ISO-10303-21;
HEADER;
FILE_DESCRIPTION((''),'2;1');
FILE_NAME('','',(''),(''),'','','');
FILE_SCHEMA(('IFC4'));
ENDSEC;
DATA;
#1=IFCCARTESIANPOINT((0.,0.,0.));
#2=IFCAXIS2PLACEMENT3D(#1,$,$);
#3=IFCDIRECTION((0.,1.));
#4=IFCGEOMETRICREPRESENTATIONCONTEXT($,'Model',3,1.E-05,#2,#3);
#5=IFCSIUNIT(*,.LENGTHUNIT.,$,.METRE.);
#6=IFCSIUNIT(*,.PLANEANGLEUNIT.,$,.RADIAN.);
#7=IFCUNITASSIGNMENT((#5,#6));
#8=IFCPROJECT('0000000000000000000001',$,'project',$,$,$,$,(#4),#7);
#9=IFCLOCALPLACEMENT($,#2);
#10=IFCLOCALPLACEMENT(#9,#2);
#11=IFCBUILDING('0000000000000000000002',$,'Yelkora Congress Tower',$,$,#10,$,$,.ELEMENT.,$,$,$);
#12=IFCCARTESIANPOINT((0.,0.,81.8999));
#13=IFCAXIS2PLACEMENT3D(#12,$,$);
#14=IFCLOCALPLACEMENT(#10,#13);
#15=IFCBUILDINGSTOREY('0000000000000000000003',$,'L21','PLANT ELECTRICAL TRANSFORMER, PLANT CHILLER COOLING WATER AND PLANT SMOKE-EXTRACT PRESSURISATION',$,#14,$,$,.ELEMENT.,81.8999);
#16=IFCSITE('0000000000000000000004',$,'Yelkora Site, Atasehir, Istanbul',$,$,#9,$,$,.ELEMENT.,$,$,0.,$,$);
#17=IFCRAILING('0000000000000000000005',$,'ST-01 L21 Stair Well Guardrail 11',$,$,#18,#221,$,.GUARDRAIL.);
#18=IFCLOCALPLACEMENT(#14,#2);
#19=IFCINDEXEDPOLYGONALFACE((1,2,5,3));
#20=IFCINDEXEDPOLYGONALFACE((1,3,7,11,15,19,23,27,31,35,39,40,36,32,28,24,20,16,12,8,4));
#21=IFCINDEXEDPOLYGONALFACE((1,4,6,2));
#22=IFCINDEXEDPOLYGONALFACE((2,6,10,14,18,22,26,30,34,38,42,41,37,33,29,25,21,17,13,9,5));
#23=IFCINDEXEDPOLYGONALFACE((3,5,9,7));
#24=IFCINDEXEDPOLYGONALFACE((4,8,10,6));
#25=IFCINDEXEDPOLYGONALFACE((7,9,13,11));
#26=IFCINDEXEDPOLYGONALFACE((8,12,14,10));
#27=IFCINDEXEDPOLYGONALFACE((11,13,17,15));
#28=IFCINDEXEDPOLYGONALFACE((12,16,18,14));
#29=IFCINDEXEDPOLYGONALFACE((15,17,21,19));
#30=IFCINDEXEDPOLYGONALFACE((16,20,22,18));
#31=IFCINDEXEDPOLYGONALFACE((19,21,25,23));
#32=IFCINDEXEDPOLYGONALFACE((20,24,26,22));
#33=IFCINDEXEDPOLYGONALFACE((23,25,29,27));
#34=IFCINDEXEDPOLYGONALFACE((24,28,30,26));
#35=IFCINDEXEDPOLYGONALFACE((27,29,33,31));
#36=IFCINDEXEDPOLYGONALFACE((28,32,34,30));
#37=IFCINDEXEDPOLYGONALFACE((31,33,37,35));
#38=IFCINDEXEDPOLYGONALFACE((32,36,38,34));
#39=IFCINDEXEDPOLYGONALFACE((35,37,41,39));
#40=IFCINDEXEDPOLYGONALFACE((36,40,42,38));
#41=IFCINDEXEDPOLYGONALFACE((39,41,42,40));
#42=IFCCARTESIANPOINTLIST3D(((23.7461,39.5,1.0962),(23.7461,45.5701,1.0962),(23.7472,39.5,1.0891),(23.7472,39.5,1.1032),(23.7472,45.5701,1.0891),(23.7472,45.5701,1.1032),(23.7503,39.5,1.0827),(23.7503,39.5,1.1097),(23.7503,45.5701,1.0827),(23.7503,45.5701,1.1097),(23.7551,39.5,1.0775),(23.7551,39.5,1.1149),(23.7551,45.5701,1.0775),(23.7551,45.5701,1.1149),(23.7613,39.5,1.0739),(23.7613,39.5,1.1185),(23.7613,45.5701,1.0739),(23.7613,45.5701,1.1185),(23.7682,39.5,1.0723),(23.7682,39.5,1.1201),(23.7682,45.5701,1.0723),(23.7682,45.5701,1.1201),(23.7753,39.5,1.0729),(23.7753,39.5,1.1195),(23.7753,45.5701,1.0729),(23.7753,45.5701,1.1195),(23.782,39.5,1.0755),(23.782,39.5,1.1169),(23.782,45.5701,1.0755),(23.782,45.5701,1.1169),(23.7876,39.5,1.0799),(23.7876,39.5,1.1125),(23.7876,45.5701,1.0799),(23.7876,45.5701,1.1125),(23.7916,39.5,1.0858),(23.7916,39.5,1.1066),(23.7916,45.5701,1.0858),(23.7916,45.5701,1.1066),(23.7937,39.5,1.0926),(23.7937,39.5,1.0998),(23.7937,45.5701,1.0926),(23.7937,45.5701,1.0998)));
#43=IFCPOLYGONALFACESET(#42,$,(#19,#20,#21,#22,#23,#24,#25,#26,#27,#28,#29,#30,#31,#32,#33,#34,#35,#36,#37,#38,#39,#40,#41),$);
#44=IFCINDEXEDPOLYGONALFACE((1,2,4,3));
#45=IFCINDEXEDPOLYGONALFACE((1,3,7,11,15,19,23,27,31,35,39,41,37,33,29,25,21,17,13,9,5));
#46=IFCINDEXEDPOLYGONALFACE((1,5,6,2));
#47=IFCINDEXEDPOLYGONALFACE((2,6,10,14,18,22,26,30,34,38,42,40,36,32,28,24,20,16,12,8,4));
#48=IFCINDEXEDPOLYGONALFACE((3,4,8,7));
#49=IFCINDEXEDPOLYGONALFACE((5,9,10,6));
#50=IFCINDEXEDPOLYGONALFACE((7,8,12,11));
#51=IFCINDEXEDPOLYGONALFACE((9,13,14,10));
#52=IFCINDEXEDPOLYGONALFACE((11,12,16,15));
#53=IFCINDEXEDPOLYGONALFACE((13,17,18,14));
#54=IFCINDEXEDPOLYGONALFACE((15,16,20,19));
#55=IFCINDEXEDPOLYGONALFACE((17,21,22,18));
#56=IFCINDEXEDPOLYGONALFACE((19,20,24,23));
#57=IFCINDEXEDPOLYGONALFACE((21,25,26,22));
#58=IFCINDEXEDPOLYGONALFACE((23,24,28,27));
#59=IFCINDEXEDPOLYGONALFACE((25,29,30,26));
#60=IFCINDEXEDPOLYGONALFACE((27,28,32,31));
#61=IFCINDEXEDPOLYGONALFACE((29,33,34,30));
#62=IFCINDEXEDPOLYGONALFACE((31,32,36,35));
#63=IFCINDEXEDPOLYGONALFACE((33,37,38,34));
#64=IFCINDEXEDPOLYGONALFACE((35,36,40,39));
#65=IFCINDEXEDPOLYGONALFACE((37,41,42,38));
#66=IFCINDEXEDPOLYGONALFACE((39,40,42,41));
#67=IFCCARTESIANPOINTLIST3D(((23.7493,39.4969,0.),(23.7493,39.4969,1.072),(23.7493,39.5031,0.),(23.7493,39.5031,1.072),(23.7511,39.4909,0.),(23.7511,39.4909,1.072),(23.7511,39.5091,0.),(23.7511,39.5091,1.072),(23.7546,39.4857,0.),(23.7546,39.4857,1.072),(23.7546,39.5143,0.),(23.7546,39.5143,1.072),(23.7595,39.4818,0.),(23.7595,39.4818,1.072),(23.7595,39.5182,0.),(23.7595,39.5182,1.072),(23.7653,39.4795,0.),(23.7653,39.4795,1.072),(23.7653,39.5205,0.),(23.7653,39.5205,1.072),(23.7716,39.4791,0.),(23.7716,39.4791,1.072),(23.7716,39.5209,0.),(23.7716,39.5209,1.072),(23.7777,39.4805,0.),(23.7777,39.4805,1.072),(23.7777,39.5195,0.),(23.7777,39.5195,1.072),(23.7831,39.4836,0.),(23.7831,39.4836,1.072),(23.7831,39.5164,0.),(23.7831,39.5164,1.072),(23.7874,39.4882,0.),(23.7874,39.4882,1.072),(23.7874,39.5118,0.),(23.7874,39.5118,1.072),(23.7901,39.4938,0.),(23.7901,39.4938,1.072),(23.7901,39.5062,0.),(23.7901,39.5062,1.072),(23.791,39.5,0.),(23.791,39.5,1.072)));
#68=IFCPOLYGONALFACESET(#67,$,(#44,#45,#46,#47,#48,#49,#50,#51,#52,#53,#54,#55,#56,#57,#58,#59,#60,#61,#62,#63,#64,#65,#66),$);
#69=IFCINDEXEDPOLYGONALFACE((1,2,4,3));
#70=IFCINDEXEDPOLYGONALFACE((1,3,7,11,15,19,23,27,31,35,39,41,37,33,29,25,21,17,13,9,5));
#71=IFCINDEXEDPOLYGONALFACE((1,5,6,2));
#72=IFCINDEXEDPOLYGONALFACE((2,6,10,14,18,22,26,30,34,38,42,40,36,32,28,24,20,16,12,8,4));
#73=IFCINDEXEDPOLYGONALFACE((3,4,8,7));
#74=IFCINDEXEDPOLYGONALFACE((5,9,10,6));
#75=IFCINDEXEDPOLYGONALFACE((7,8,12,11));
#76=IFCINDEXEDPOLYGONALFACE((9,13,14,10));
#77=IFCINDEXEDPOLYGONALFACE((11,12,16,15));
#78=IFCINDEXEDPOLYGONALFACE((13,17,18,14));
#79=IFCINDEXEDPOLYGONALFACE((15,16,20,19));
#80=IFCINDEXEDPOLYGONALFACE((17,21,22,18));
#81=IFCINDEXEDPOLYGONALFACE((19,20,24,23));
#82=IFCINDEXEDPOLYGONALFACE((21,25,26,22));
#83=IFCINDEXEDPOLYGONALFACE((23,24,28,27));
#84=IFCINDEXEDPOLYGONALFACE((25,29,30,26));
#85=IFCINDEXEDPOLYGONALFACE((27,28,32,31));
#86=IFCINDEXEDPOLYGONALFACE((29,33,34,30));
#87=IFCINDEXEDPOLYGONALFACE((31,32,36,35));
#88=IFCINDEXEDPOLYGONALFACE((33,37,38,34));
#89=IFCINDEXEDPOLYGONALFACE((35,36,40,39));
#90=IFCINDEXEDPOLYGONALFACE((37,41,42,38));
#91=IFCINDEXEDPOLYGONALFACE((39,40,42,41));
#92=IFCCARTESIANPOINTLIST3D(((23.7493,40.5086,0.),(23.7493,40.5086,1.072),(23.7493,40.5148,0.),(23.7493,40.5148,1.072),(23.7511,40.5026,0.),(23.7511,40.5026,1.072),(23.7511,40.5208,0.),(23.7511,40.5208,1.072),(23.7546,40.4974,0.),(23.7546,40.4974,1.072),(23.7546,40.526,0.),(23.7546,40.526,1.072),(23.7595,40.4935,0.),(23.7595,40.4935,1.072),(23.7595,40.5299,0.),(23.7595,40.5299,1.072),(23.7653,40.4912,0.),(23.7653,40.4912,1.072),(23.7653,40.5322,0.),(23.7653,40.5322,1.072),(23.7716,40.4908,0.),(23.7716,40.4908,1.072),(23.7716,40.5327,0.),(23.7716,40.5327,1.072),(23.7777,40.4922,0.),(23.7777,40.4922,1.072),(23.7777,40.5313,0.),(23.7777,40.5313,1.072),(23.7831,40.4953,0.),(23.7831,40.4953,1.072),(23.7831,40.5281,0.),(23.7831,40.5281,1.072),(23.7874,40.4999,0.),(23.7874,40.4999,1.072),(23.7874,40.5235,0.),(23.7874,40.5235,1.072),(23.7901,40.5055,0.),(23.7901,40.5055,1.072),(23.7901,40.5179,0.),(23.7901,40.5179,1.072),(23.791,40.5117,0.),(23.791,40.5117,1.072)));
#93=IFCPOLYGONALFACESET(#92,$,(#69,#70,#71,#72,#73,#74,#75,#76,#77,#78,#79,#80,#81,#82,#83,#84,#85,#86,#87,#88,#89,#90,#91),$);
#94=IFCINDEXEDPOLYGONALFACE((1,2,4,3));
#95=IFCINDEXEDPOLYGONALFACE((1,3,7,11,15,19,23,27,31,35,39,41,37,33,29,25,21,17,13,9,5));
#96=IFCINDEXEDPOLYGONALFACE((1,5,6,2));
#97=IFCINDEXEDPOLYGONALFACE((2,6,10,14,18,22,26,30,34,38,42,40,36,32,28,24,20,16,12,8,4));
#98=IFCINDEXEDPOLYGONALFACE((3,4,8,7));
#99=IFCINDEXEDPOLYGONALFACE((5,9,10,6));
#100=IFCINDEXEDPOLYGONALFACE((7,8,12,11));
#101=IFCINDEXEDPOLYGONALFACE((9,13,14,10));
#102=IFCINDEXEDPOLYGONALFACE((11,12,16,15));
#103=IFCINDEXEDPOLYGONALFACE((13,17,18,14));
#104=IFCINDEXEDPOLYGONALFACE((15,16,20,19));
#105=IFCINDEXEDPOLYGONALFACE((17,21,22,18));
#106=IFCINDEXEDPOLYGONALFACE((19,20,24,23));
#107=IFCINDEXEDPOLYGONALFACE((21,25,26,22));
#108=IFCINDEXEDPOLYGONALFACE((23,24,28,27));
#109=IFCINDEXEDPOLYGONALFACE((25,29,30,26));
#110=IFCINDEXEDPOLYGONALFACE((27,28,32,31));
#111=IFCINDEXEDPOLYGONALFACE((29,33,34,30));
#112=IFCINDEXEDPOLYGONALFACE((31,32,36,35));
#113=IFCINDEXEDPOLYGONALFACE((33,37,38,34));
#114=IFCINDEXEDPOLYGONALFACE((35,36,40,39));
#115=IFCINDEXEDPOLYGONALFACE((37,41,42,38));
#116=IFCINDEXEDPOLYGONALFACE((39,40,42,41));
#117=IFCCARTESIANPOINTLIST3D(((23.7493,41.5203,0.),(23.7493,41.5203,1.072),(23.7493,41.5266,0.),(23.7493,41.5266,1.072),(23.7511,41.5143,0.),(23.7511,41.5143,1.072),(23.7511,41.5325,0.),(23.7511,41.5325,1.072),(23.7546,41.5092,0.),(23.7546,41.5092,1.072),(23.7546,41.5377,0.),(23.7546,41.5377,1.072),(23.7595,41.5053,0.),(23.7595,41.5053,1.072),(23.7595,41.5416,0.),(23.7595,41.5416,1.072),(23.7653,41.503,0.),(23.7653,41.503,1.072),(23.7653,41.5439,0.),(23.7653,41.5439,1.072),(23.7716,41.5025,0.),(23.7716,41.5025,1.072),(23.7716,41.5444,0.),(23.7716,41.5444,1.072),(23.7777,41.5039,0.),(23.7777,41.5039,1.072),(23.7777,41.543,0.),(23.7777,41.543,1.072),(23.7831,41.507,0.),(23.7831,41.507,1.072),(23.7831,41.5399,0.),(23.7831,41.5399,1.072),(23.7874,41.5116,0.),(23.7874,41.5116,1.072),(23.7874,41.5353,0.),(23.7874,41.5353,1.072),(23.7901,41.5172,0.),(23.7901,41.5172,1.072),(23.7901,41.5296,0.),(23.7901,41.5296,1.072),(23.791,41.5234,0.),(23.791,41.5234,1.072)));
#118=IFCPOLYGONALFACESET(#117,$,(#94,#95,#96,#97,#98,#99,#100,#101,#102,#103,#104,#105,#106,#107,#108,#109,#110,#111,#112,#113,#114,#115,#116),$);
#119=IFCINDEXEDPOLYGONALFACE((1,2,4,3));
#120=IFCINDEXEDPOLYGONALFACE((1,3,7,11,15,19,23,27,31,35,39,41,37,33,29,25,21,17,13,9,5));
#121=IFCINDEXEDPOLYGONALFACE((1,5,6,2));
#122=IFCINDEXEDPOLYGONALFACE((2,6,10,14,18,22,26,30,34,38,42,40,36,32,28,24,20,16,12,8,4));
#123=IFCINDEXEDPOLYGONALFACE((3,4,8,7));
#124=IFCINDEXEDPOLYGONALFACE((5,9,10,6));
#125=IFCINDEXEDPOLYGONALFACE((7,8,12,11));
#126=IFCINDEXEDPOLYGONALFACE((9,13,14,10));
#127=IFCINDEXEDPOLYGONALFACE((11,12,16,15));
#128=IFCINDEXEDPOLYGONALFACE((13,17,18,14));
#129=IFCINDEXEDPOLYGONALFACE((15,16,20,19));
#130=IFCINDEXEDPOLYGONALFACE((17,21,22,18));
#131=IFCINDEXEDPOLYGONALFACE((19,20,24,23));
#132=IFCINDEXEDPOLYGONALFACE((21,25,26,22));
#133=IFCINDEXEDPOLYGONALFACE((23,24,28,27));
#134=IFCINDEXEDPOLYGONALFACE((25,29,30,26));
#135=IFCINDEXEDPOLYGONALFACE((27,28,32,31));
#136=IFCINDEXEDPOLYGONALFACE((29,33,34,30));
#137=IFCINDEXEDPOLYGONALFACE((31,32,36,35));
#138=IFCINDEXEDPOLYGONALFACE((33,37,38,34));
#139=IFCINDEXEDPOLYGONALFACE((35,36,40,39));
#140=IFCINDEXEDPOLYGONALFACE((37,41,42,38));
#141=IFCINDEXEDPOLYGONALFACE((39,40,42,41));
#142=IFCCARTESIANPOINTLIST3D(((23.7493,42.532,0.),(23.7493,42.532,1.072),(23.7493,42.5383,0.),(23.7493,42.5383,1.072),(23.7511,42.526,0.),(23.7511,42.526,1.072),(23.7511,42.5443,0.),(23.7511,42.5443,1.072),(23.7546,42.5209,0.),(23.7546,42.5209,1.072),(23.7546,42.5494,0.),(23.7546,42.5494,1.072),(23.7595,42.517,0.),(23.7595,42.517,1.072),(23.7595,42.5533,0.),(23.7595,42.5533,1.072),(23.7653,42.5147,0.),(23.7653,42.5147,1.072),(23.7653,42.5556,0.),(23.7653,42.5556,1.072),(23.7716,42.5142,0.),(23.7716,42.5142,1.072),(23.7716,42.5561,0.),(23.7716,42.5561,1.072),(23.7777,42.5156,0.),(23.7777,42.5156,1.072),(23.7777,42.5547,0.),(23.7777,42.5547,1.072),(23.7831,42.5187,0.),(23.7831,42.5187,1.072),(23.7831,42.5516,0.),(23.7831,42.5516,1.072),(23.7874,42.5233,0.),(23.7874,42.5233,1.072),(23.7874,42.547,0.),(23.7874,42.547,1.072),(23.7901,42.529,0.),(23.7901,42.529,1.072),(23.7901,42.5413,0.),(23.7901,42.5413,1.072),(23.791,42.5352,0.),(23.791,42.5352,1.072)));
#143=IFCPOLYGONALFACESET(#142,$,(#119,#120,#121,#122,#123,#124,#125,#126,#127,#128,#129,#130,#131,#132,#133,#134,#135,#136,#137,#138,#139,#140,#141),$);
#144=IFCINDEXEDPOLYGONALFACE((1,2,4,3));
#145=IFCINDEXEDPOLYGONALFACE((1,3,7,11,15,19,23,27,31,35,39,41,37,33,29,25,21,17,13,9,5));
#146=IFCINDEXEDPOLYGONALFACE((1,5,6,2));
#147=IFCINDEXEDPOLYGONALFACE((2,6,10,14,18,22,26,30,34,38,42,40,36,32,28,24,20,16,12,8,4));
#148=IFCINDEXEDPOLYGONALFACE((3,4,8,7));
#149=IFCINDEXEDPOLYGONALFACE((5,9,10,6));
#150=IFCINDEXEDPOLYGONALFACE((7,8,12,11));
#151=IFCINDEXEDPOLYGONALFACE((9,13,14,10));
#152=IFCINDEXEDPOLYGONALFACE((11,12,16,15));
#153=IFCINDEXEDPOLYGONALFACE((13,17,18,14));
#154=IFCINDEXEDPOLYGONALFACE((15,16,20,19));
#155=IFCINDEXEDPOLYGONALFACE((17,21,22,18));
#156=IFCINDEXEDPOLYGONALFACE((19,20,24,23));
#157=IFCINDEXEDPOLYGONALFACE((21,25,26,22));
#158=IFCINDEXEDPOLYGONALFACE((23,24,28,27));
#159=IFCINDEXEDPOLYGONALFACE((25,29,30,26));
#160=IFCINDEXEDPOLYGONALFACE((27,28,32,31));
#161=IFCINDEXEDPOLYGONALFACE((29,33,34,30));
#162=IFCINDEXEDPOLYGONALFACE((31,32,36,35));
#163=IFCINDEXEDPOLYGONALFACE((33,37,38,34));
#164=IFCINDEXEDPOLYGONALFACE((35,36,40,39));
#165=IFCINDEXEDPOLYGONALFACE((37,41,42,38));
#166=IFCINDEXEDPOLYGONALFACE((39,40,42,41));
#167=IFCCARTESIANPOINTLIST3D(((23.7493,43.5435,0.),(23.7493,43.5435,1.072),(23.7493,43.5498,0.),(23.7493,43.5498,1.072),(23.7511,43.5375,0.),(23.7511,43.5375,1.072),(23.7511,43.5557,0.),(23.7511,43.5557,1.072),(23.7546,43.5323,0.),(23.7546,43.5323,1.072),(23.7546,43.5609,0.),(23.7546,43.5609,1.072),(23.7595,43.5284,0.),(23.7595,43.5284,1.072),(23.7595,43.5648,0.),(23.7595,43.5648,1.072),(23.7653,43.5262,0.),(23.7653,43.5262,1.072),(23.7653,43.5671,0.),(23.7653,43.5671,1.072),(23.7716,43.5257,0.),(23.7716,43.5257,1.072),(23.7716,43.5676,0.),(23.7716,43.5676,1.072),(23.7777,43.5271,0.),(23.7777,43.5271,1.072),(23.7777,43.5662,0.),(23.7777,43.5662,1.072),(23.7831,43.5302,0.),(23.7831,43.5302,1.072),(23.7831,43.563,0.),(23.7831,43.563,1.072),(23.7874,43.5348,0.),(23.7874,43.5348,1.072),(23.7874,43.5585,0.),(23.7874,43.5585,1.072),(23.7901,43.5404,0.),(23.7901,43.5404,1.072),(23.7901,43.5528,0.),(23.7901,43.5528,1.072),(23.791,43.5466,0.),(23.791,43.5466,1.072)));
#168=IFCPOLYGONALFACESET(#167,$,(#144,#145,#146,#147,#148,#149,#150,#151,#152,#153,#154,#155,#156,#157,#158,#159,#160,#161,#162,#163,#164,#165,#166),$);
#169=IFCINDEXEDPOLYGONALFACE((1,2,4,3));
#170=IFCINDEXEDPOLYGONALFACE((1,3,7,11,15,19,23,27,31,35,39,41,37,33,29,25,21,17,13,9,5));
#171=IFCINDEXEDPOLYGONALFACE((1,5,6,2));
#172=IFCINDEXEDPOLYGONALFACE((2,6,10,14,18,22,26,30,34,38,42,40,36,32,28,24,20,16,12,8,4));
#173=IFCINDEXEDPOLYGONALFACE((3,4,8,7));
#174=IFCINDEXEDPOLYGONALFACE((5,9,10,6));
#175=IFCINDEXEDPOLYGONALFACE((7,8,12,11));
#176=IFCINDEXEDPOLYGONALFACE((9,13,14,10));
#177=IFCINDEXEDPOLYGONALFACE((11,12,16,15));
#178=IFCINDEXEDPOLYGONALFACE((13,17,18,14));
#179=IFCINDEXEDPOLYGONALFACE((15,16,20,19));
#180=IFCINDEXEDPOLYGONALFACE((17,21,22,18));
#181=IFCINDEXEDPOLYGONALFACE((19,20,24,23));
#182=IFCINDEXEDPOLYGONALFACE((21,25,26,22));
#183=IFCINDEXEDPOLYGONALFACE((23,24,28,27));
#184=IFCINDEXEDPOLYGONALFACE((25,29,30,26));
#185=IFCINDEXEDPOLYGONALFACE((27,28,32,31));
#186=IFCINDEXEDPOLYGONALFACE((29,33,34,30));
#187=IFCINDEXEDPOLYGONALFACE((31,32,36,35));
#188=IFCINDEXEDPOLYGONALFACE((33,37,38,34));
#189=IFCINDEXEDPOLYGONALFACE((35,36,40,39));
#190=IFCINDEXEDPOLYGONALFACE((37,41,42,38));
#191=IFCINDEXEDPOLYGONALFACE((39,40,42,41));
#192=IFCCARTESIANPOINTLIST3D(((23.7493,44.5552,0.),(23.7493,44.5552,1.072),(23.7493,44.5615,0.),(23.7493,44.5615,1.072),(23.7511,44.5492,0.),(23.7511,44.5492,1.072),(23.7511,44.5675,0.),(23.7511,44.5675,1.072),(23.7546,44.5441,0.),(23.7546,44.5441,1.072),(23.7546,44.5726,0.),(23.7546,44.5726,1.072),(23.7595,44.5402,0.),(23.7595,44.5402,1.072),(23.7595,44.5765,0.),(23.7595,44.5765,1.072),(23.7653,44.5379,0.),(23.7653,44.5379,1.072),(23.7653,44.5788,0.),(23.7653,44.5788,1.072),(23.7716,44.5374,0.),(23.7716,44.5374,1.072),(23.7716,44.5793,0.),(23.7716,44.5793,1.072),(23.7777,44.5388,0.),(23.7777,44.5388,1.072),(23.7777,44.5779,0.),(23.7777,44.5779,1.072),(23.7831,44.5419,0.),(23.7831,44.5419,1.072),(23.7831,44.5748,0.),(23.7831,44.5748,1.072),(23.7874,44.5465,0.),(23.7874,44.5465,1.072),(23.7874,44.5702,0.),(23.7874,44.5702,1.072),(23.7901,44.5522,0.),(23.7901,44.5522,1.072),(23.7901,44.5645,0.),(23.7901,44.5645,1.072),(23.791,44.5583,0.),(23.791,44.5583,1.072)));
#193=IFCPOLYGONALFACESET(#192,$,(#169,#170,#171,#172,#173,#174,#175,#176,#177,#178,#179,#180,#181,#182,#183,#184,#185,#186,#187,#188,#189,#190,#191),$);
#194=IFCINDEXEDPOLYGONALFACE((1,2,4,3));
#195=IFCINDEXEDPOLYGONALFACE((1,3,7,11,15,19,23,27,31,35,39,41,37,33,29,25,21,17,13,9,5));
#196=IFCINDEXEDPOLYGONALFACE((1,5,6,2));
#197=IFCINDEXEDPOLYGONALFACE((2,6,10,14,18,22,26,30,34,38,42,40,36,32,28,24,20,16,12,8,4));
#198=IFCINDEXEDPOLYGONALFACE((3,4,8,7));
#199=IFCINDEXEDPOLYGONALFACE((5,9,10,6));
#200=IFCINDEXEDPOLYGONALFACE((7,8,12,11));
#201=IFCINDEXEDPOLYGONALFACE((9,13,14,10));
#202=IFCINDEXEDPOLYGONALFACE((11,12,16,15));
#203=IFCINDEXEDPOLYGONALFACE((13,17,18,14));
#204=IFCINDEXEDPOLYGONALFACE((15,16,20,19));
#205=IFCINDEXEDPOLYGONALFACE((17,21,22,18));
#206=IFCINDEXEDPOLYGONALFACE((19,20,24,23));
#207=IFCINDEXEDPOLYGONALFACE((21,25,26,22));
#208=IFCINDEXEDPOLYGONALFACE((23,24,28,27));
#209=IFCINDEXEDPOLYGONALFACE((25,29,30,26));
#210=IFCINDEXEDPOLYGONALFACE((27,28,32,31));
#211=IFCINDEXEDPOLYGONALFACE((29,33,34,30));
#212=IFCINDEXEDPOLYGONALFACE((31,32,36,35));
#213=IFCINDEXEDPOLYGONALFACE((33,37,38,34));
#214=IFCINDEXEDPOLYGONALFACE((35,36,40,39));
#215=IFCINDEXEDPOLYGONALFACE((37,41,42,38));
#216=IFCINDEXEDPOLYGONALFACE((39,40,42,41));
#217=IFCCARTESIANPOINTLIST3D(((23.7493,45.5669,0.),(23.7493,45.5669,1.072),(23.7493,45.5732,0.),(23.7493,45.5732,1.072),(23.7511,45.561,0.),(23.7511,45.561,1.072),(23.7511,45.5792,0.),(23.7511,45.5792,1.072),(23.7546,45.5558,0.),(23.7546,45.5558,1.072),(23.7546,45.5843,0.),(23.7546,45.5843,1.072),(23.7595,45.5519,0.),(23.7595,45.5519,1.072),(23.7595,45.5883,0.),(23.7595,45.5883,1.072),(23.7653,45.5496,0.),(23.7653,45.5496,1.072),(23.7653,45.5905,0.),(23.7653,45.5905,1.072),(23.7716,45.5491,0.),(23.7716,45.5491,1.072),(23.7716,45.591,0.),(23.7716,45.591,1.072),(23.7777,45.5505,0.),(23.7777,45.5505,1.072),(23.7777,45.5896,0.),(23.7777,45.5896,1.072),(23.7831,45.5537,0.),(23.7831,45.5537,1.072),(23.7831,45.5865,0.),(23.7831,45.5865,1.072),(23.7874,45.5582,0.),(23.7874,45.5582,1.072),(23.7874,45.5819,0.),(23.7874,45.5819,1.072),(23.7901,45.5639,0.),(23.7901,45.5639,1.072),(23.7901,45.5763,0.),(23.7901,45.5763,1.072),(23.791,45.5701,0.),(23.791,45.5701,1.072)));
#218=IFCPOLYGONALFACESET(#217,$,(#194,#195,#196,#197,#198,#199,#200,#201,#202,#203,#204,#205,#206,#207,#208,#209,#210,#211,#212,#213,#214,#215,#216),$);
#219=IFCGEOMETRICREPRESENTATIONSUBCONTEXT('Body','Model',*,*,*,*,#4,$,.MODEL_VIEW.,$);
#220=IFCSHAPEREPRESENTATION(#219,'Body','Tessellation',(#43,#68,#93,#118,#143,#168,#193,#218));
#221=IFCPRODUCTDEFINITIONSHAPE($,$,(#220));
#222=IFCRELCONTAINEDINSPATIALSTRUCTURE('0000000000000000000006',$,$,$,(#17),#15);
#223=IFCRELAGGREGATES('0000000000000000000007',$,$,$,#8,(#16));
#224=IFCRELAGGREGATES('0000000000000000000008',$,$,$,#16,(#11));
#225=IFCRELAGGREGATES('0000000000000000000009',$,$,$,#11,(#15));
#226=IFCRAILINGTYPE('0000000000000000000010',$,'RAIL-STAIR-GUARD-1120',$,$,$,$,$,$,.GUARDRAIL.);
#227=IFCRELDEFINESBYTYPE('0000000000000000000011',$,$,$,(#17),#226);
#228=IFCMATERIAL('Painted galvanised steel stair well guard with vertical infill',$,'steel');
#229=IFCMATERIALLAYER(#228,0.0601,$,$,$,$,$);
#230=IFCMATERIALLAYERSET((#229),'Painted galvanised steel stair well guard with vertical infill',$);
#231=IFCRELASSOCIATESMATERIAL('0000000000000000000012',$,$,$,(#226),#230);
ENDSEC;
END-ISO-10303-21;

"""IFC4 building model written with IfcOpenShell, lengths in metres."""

from ifc_helpers import new_model, si_unit, direction, frame, origin, origin_2d, place, context, subcontext, project, spatial, circle, extrude, material, layer, layer_set, type_object, element, save


model = new_model("IFC4")

# Units and contexts
model_context = context("Model", 3, precision=1e-05, world=origin(), true_north=direction((0.0, 1.0)))
body_context = subcontext(model_context, "Body", "Model", "MODEL_VIEW")
ifc_project = project(units=[si_unit("LENGTHUNIT", "METRE"), si_unit("PLANEANGLEUNIT", "RADIAN")], contexts=[model_context])

# Site, building, storey
site_placement = place(None, origin())
site = spatial("IfcSite", under=ifc_project, at=site_placement, Name="Yelkora Site, Atasehir, Istanbul", CompositionType="ELEMENT", RefElevation=0.0)
building_placement = place(site_placement, origin())
building = spatial("IfcBuilding", under=site, at=building_placement, Name="Yelkora Congress Tower", CompositionType="ELEMENT")
storey_placement = place(building_placement, frame((0.0, 0.0, 81.8999)))
storey = spatial("IfcBuildingStorey", under=building, at=storey_placement, Name="L21", Description="PLANT ELECTRICAL TRANSFORMER, PLANT CHILLER COOLING WATER AND PLANT SMOKE-EXTRACT PRESSURISATION", CompositionType="ELEMENT", Elevation=81.8999)

# Railing
ifc_material_1 = material(Name="Painted galvanised steel stair well guard with vertical infill", Category="steel")
ifc_layer_1 = layer(ifc_material_1, 0.0601)
ifc_layer_set_1 = layer_set([ifc_layer_1], Name="Painted galvanised steel stair well guard with vertical infill")
railing_type_1 = type_object("IfcRailingType", Name="RAIL-STAIR-GUARD-1120", PredefinedType="GUARDRAIL", material=ifc_layer_set_1)
railing_1_placement = place(storey_placement, frame((23.77, 39.5, 0.0)))
element("IfcRailing", 1, at=railing_1_placement, inside=storey, type_object=railing_type_1, Name="ST-01 L21 Stair Well Guardrail 11", PredefinedType="GUARDRAIL", context=body_context, shape_type="SweptSolid", body=[
    extrude(circle(Radius=0.0239, at=origin_2d()), frame((0.0, 0.0, 1.0962), z_axis=(0.0, 1.0, 0.0), x_axis=(-1.0, 0.0, 0.0)), (0.0, 0.0, 1.0), 6.0701),
    extrude(circle(Radius=0.021, at=origin_2d()), origin(), (0.0, 0.0, 1.0), 1.072),
    extrude(circle(Radius=0.021, at=origin_2d()), frame((0.0, 1.0117, 0.0)), (0.0, 0.0, 1.0), 1.072),
    extrude(circle(Radius=0.021, at=origin_2d()), frame((0.0, 2.0234, 0.0)), (0.0, 0.0, 1.0), 1.072),
    extrude(circle(Radius=0.021, at=origin_2d()), frame((0.0, 3.0352, 0.0)), (0.0, 0.0, 1.0), 1.072),
    extrude(circle(Radius=0.021, at=origin_2d()), frame((0.0, 4.0466, 0.0)), (0.0, 0.0, 1.0), 1.072),
    extrude(circle(Radius=0.021, at=origin_2d()), frame((0.0, 5.0583, 0.0)), (0.0, 0.0, 1.0), 1.072),
    extrude(circle(Radius=0.021, at=origin_2d()), frame((0.0, 6.0701, 0.0)), (0.0, 0.0, 1.0), 1.072),
])

save(model, "model.ifc")
